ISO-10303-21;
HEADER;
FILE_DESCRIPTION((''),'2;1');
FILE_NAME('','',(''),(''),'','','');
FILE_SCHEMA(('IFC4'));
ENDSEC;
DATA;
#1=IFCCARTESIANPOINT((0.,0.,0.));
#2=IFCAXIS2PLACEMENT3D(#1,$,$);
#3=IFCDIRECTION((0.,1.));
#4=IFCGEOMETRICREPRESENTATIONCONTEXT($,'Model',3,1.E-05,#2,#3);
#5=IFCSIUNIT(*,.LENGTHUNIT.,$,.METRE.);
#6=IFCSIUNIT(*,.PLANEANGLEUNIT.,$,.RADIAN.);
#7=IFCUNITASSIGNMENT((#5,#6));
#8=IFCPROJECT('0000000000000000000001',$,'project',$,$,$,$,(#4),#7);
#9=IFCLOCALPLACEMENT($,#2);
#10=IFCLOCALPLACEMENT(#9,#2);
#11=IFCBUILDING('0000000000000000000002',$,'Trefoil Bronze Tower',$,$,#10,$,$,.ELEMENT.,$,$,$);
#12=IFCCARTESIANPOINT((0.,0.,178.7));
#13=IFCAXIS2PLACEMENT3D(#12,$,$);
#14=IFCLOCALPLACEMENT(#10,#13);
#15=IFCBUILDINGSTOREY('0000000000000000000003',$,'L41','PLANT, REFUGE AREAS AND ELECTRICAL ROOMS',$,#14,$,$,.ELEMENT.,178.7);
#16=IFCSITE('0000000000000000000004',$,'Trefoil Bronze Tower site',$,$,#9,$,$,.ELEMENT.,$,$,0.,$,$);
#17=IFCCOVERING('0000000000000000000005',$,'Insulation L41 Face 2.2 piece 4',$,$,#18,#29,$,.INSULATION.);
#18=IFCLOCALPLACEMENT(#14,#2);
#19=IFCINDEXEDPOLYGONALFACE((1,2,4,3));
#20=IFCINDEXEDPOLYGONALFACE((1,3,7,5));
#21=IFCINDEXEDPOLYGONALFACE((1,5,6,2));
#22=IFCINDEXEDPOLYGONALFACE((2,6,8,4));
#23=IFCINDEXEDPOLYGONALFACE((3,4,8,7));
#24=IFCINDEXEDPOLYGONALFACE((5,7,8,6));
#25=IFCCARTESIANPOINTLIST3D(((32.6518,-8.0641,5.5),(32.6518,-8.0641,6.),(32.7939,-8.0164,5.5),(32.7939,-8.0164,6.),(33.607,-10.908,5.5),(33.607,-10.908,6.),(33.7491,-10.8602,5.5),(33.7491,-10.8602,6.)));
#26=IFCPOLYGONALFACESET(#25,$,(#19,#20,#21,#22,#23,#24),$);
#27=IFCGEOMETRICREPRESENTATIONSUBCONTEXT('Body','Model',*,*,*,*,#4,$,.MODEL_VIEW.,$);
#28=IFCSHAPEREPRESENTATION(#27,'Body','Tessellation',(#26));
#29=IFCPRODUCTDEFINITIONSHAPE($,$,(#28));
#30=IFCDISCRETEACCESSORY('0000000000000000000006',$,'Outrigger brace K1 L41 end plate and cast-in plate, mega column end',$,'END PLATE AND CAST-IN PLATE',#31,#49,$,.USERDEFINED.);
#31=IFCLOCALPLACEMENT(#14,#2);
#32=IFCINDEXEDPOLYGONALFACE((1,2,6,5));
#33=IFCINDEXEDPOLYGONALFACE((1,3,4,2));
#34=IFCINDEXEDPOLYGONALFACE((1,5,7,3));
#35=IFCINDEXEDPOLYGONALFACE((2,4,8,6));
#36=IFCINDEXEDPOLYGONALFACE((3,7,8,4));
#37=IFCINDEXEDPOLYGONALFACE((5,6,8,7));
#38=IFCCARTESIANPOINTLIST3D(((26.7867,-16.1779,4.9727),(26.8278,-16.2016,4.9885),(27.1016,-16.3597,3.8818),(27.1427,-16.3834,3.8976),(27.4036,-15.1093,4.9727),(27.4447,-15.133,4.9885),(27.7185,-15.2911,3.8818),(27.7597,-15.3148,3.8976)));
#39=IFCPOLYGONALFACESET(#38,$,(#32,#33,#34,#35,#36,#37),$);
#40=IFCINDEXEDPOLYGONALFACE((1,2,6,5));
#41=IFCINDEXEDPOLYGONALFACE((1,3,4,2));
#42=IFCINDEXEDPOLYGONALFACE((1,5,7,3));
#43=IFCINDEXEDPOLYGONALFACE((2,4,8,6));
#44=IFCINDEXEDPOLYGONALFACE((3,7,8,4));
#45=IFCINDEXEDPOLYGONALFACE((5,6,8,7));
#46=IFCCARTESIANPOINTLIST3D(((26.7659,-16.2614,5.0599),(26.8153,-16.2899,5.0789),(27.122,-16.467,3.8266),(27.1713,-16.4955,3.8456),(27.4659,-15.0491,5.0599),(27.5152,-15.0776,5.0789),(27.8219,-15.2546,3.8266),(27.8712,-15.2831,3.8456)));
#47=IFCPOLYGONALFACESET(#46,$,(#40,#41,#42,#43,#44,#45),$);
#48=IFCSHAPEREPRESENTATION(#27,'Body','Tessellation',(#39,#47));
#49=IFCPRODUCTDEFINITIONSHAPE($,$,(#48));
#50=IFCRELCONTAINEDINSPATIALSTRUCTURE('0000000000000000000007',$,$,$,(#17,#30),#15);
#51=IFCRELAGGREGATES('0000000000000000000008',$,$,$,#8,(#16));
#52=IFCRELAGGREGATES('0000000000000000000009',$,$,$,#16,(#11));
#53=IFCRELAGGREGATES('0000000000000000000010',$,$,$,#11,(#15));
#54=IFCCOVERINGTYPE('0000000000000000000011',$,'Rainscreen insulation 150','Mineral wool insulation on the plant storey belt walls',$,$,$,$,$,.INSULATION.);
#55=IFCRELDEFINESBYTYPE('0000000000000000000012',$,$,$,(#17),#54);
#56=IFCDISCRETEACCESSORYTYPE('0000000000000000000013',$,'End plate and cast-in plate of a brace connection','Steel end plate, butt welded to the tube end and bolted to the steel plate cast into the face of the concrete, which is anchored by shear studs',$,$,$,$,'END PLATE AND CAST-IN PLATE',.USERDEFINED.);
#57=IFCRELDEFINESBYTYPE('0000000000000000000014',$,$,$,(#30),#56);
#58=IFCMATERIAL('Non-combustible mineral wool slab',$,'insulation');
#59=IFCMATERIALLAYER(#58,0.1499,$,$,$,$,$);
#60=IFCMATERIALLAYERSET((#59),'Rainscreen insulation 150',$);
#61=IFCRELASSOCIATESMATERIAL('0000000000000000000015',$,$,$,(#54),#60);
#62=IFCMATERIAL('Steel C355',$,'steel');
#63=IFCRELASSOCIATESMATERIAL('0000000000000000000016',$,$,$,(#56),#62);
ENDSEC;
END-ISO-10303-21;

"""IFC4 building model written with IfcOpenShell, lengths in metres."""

from ifc_helpers import new_model, si_unit, direction, frame, origin, origin_2d, place, context, subcontext, project, spatial, rectangle, extrude, material, layer, layer_set, type_object, element, save


model = new_model("IFC4")

# Units and contexts
model_context = context("Model", 3, precision=1e-05, world=origin(), true_north=direction((0.0, 1.0)))
body_context = subcontext(model_context, "Body", "Model", "MODEL_VIEW")
ifc_project = project(units=[si_unit("LENGTHUNIT", "METRE"), si_unit("PLANEANGLEUNIT", "RADIAN")], contexts=[model_context])

# Site, building, storey
site_placement = place(None, origin())
site = spatial("IfcSite", under=ifc_project, at=site_placement, Name="Trefoil Bronze Tower site", CompositionType="ELEMENT", RefElevation=0.0)
building_placement = place(site_placement, origin())
building = spatial("IfcBuilding", under=site, at=building_placement, Name="Trefoil Bronze Tower", CompositionType="ELEMENT")
storey_placement = place(building_placement, frame((0.0, 0.0, 178.7)))
storey = spatial("IfcBuildingStorey", under=building, at=storey_placement, Name="L41", Description="PLANT, REFUGE AREAS AND ELECTRICAL ROOMS", CompositionType="ELEMENT", Elevation=178.7)

# Covering
ifc_material_1 = material(Name="Non-combustible mineral wool slab", Category="insulation")
ifc_layer_1 = layer(ifc_material_1, 0.1499)
ifc_layer_set_1 = layer_set([ifc_layer_1], Name="Rainscreen insulation 150")
covering_type_1 = type_object("IfcCoveringType", Name="Rainscreen insulation 150", Description="Mineral wool insulation on the plant storey belt walls", PredefinedType="INSULATION", material=ifc_layer_set_1)
covering_1_placement = place(storey_placement, frame((33.2004, -9.4622, 5.5), z_axis=(0.0, 0.0, 1.0), x_axis=(-0.318404, 0.947955, 0.0)))
element("IfcCovering", 1, at=covering_1_placement, inside=storey, type_object=covering_type_1, Name="Insulation L41 Face 2.2 piece 4", PredefinedType="INSULATION", context=body_context, shape_type="SweptSolid", body=[
    extrude(rectangle(XDim=3.0, YDim=0.1499, at=origin_2d()), origin(), (0.0, 0.0, 1.0), 0.5),
])

# Discrete accessory
ifc_material_2 = material(Name="Steel C355", Category="steel")
discrete_accessory_type = type_object("IfcDiscreteAccessoryType", Name="End plate and cast-in plate of a brace connection", Description="Steel end plate, butt welded to the tube end and bolted to the steel plate cast into the face of the concrete, which is anchored by shear studs", ElementType="END PLATE AND CAST-IN PLATE", PredefinedType="USERDEFINED", material=ifc_material_2)
discrete_accessory_placement = place(storey_placement, frame((27.2939, -15.7581, 4.4431), z_axis=(-0.273861, 0.158114, 0.948683), x_axis=(-0.821584, 0.474342, -0.316228)))
element("IfcDiscreteAccessory", 2, at=discrete_accessory_placement, inside=storey, type_object=discrete_accessory_type, Name="Outrigger brace K1 L41 end plate and cast-in plate, mega column end", ObjectType="END PLATE AND CAST-IN PLATE", PredefinedType="USERDEFINED", context=body_context, shape_type="SweptSolid", body=[
    extrude(rectangle(XDim=0.05, YDim=1.2339, at=origin_2d()), frame((0.0251, 0.0002, -0.575)), (0.0, 0.0, 1.0), 1.1499),
    extrude(rectangle(XDim=0.0601, YDim=1.3999, at=origin_2d()), frame((-0.03, 0.0, -0.6499)), (0.0, 0.0, 1.0), 1.3),
])

save(model, "model.ifc")
